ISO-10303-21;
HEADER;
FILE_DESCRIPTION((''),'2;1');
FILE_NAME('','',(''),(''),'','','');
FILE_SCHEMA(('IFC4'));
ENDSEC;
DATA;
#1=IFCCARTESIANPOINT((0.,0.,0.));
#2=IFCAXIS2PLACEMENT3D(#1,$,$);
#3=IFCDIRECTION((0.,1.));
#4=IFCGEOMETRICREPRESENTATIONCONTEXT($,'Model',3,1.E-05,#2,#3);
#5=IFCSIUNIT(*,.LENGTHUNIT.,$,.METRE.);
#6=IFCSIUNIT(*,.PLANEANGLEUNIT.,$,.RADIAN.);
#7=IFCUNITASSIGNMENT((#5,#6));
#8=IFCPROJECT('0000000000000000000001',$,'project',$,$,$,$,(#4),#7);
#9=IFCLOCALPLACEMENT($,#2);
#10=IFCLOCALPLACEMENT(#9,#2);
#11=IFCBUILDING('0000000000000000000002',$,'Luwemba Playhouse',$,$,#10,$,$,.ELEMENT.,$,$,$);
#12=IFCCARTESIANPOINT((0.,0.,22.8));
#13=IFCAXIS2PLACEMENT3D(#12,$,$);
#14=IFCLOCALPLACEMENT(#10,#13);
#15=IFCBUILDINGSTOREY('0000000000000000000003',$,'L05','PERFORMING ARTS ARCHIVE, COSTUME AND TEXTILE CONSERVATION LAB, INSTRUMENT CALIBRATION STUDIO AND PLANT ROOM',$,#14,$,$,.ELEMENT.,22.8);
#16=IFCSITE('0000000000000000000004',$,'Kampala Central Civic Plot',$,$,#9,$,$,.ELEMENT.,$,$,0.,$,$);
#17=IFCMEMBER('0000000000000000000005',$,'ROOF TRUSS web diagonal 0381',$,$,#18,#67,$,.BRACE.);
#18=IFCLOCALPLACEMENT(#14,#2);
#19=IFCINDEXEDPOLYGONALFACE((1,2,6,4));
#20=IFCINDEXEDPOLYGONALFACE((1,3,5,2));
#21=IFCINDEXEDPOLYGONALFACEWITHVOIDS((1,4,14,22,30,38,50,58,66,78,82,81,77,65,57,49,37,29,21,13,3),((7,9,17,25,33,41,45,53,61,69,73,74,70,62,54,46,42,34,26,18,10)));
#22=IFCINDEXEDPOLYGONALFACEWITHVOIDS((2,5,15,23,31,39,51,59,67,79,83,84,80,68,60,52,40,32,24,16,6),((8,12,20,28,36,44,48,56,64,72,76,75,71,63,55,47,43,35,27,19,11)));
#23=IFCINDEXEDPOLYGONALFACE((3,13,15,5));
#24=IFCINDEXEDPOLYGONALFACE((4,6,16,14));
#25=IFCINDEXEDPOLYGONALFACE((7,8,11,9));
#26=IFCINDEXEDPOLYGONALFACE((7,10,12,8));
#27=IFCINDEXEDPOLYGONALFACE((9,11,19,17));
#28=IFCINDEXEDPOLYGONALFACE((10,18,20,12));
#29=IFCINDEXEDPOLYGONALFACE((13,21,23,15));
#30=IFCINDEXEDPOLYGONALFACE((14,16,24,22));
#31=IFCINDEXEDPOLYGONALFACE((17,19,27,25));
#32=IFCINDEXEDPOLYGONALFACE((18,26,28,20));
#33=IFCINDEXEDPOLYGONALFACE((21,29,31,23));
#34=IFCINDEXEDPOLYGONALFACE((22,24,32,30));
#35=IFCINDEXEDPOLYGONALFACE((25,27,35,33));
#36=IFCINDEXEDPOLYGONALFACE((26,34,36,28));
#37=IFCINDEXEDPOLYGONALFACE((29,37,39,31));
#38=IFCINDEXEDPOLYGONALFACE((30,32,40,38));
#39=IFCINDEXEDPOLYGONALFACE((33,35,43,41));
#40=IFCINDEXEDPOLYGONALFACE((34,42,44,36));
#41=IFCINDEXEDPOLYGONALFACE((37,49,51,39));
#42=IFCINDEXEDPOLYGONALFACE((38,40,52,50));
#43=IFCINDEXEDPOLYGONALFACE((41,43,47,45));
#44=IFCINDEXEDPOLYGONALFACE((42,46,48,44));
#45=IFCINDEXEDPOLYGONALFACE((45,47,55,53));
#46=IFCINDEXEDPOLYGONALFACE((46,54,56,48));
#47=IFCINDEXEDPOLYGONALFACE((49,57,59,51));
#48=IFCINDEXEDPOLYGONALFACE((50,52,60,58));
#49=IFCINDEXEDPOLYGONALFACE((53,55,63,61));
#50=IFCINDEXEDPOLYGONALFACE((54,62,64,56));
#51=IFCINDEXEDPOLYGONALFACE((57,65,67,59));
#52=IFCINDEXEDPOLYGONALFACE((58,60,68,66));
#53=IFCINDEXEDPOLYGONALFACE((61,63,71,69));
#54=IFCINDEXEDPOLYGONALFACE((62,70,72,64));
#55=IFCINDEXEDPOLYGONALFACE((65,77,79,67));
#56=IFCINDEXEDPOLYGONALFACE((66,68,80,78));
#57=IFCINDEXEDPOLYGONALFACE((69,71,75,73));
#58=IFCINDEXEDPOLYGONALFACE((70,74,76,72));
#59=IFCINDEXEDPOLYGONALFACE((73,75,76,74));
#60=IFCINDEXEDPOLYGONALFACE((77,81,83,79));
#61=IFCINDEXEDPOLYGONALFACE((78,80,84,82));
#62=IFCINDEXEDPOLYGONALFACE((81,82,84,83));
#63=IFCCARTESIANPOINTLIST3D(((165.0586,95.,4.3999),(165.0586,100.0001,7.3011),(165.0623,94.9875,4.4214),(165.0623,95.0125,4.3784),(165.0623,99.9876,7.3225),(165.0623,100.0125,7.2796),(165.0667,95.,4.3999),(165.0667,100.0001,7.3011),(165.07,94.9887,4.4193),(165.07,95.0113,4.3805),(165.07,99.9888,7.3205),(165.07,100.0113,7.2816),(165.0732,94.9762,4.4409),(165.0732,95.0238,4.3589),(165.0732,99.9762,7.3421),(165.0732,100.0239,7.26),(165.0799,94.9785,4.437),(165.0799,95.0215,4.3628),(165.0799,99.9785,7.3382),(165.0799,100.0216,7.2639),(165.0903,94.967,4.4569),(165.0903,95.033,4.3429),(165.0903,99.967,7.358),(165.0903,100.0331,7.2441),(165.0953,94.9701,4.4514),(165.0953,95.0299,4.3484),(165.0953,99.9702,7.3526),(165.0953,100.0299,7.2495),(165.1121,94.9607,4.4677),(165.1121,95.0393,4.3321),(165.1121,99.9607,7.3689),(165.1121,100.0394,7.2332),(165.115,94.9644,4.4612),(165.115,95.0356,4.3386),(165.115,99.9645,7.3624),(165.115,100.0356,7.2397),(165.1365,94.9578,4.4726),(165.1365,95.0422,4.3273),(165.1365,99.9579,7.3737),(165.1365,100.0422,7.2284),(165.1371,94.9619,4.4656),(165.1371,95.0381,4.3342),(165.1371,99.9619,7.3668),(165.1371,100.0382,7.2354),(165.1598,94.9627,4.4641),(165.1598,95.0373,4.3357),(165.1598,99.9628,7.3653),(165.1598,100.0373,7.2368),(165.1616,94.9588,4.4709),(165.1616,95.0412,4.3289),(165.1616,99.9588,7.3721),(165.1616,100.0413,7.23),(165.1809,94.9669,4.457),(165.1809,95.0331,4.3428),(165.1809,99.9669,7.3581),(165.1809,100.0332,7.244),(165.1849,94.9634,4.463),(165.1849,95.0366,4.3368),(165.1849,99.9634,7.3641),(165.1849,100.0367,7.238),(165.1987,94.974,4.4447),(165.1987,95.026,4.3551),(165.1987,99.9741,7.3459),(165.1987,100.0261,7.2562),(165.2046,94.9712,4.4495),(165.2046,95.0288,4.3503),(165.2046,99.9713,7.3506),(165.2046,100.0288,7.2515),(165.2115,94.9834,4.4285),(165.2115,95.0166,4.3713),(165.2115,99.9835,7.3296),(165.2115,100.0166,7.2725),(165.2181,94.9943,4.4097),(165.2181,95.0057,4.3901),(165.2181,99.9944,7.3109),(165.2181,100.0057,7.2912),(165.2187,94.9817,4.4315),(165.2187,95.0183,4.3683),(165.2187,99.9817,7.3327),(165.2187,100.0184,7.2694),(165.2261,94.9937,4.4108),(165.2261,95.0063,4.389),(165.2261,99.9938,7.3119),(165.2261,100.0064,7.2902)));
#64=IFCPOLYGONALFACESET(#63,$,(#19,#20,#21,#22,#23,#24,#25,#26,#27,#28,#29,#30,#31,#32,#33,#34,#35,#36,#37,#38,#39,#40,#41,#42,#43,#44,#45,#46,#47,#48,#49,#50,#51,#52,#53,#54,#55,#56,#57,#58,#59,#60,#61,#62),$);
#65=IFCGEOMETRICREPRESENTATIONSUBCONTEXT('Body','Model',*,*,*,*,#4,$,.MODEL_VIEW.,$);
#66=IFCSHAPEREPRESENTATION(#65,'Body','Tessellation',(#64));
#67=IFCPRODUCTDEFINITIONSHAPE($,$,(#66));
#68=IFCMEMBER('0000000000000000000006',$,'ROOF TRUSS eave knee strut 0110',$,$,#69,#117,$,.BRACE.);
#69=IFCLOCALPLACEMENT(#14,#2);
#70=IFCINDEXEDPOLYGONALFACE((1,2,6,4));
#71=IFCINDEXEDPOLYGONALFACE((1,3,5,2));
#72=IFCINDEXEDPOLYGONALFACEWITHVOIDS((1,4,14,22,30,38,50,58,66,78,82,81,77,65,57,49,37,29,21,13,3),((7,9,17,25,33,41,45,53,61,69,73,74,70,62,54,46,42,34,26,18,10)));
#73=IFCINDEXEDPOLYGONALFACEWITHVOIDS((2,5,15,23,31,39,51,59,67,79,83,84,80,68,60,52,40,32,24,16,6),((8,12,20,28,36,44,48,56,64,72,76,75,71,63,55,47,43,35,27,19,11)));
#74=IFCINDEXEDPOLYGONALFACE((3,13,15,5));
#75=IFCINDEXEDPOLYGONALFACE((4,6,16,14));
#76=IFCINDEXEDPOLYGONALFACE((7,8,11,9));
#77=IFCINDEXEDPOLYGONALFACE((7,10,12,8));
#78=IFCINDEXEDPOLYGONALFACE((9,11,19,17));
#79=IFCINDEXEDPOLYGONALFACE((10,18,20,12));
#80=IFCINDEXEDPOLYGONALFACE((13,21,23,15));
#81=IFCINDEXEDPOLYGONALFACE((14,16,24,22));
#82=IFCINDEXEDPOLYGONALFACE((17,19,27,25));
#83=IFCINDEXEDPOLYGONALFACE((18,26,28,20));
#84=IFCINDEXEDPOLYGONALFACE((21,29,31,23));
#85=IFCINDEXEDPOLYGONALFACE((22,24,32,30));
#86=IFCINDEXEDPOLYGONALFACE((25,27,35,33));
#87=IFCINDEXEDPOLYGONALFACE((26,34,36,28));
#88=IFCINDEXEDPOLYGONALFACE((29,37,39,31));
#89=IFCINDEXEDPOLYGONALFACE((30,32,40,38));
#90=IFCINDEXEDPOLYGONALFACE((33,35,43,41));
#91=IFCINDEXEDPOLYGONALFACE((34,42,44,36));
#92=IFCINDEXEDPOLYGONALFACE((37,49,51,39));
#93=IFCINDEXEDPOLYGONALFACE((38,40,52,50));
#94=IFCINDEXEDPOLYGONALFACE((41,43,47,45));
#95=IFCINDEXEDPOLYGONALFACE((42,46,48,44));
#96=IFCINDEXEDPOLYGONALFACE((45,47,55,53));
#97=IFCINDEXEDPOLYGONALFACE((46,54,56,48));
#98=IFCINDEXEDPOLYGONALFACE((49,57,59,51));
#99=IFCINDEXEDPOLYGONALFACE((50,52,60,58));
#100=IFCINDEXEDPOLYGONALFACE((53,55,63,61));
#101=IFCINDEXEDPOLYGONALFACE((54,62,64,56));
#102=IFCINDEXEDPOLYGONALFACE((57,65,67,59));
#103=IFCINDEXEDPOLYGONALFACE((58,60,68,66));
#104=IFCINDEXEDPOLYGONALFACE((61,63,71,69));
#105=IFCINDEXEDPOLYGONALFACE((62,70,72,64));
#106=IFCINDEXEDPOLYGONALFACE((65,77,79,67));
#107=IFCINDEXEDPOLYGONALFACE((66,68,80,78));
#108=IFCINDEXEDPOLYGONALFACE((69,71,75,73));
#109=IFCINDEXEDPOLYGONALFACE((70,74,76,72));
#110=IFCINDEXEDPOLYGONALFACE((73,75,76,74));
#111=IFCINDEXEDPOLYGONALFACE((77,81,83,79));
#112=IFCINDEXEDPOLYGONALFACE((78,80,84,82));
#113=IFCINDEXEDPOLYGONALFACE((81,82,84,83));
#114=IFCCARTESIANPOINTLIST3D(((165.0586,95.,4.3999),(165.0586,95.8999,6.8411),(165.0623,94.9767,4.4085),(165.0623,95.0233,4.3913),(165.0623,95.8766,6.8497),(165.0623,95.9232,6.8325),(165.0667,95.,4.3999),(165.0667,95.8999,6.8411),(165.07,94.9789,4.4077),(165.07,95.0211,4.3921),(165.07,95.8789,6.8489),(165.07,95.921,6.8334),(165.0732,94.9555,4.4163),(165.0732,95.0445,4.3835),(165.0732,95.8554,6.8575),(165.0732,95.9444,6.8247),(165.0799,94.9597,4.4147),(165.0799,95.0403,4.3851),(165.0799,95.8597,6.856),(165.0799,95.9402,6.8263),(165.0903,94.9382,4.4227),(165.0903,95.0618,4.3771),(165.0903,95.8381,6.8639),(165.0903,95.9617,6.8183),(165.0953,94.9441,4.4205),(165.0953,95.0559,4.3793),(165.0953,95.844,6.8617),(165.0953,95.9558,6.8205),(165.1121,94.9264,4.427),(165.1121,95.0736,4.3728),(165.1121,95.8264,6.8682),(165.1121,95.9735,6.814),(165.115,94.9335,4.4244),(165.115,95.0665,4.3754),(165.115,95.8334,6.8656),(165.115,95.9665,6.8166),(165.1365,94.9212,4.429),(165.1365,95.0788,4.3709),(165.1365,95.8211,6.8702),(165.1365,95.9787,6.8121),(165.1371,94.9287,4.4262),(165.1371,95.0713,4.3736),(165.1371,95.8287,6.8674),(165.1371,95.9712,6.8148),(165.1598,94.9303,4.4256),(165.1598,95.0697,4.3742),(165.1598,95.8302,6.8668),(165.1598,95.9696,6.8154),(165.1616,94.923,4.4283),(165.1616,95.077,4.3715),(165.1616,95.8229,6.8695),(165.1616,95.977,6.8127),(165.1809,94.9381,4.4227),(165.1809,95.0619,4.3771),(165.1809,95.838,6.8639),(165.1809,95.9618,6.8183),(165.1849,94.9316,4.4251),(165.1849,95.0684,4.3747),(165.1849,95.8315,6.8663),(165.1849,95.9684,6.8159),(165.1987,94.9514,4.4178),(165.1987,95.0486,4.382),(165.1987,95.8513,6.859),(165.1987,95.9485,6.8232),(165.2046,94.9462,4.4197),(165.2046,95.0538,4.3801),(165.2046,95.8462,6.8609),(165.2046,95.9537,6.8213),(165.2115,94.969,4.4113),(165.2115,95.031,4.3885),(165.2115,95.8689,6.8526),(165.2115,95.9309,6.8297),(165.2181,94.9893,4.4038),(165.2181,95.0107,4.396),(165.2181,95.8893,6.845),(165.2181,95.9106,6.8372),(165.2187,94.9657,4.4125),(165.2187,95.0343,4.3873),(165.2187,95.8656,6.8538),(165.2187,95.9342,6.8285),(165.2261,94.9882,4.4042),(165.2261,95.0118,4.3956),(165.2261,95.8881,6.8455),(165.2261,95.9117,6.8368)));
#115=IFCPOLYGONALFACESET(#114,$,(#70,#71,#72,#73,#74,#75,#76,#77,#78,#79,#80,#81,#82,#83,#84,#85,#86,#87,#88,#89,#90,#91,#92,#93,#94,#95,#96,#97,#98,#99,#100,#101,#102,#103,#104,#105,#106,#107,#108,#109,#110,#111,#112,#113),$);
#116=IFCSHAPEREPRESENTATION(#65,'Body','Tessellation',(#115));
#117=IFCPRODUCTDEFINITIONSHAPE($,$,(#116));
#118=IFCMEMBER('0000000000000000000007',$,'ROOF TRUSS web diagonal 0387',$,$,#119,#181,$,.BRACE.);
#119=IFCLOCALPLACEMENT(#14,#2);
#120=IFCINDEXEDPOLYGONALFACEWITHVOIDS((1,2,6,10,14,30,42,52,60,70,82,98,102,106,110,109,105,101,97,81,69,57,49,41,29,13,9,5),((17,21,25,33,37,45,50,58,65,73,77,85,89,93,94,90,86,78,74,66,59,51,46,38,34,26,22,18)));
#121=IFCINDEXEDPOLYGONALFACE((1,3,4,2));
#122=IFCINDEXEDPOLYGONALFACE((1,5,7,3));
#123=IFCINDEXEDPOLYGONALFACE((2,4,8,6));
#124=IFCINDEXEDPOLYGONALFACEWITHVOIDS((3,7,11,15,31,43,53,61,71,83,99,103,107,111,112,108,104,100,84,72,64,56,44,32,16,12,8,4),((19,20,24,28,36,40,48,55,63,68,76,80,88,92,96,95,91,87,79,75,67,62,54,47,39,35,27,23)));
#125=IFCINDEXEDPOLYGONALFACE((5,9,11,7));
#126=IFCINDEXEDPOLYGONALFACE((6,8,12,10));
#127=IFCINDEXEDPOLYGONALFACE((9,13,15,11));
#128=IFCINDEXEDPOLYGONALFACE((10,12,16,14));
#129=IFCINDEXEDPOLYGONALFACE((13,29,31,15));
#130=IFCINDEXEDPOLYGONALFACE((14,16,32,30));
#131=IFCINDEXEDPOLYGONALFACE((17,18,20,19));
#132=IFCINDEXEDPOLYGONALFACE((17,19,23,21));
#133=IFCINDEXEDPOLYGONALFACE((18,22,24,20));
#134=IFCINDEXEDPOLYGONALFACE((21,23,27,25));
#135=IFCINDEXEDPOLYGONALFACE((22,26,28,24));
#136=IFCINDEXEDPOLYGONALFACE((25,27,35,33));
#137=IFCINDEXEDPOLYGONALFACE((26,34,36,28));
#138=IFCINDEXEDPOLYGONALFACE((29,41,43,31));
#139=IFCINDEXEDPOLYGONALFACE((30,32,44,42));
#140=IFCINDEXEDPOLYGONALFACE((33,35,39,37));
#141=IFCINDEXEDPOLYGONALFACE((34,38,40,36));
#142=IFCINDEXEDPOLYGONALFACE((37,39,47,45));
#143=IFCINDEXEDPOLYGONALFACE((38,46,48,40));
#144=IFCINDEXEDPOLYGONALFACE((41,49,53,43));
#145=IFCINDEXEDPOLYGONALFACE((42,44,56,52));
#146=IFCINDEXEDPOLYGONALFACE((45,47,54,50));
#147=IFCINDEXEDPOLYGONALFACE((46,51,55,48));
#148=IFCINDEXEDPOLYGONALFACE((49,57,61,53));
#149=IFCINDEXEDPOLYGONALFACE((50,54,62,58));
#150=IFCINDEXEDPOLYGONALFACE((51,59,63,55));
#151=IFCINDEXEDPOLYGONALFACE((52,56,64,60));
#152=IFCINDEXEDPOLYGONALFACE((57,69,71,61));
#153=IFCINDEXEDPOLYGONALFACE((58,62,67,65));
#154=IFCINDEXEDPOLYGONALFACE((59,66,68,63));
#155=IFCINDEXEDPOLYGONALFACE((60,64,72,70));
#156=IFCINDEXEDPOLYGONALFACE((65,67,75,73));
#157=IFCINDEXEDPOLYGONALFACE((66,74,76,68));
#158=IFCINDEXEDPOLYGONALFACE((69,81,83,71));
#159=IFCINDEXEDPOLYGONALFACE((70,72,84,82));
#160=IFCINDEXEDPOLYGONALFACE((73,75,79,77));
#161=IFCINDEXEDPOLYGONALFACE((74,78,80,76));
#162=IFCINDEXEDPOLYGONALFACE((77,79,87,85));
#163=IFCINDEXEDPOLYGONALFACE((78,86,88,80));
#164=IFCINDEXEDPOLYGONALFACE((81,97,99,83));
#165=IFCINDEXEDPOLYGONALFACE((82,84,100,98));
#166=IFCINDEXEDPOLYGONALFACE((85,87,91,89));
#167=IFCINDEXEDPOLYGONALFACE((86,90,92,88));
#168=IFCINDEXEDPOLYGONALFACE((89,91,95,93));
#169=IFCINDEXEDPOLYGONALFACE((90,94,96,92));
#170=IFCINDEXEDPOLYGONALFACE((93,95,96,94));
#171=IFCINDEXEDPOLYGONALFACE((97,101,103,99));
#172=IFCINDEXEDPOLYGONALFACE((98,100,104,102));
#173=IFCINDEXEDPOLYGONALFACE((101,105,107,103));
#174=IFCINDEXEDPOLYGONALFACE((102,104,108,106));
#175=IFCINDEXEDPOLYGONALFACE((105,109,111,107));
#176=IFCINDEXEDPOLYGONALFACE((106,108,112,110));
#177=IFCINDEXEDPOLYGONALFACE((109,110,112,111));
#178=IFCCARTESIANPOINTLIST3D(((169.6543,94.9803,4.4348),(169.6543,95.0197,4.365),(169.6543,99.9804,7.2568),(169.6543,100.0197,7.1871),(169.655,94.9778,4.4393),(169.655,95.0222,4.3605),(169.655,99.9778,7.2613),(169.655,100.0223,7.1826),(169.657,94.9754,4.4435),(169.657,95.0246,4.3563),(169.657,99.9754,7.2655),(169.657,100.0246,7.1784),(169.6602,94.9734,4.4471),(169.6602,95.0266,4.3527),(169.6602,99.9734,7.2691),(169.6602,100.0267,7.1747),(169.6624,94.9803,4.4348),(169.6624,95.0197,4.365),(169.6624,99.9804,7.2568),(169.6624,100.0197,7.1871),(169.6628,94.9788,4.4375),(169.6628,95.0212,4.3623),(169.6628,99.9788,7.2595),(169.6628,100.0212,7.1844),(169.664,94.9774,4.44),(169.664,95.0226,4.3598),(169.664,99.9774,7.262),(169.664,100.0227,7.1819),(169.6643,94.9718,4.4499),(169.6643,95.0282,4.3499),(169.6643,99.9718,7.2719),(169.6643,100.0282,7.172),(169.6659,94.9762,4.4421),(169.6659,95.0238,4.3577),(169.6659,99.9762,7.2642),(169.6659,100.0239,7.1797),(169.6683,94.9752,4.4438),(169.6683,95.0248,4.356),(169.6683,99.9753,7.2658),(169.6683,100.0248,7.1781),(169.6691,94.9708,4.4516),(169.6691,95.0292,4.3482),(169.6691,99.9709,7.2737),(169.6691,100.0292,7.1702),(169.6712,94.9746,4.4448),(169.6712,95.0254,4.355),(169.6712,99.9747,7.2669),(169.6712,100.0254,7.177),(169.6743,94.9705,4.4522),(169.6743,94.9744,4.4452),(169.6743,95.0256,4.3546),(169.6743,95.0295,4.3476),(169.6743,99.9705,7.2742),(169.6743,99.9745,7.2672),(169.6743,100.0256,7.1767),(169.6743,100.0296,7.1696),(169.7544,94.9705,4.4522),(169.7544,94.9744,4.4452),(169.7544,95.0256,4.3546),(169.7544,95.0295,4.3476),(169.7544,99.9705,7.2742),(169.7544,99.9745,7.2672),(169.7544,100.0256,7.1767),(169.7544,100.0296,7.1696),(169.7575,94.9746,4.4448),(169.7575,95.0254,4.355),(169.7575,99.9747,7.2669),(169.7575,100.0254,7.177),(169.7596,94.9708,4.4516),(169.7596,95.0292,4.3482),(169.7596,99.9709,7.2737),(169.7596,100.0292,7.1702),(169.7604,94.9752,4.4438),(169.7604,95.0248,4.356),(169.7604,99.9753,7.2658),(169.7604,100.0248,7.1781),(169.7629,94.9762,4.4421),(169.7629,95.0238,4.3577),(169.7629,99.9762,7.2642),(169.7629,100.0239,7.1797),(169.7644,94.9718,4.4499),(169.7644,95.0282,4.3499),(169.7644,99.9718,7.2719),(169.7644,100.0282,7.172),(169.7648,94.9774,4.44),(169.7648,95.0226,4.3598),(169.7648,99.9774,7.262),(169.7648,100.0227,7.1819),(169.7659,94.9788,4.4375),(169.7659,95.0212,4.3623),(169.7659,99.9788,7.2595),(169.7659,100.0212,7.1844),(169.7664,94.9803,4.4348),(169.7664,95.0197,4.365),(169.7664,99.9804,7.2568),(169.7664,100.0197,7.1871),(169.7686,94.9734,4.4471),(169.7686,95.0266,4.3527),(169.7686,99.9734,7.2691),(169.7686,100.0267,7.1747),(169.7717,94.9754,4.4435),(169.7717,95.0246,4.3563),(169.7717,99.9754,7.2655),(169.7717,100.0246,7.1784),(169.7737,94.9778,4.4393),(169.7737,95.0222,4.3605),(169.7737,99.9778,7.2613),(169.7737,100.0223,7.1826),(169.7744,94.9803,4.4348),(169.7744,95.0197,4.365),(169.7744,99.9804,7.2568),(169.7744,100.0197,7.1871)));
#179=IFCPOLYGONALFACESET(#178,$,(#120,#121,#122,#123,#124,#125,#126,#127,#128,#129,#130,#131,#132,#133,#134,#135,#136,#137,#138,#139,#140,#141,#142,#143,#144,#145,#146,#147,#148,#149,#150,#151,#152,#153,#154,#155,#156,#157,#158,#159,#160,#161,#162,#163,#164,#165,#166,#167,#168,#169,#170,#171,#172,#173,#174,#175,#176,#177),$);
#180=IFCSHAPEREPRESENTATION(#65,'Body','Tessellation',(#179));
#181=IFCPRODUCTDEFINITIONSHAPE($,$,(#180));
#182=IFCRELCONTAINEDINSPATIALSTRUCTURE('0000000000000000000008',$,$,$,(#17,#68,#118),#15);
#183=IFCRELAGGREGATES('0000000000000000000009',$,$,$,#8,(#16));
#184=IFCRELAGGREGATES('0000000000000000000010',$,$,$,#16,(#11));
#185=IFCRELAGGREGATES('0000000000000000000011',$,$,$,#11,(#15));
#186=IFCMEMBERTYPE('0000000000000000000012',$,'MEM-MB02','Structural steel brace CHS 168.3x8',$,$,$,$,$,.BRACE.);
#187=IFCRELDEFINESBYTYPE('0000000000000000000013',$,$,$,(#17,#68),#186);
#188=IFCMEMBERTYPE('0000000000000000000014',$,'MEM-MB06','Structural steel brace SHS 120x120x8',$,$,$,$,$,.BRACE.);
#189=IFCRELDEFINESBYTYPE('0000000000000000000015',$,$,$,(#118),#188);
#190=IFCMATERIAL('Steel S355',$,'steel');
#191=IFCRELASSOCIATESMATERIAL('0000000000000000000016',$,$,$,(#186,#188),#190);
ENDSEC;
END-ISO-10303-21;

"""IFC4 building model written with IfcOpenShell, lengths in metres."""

from ifc_helpers import new_model, si_unit, direction, frame, origin, origin_2d, place, context, subcontext, project, spatial, hollow_rectangle, hollow_circle, extrude, material, material_profile, profile_set, type_object, element, save


model = new_model("IFC4")

# Units and contexts
model_context = context("Model", 3, precision=1e-05, world=origin(), true_north=direction((0.0, 1.0)))
body_context = subcontext(model_context, "Body", "Model", "MODEL_VIEW")
ifc_project = project(units=[si_unit("LENGTHUNIT", "METRE"), si_unit("PLANEANGLEUNIT", "RADIAN")], contexts=[model_context])

# Site, building, storey
site_placement = place(None, origin())
site = spatial("IfcSite", under=ifc_project, at=site_placement, Name="Kampala Central Civic Plot", CompositionType="ELEMENT", RefElevation=0.0)
building_placement = place(site_placement, origin())
building = spatial("IfcBuilding", under=site, at=building_placement, Name="Luwemba Playhouse", CompositionType="ELEMENT")
storey_placement = place(building_placement, frame((0.0, 0.0, 22.8)))
storey = spatial("IfcBuildingStorey", under=building, at=storey_placement, Name="L05", Description="PERFORMING ARTS ARCHIVE, COSTUME AND TEXTILE CONSERVATION LAB, INSTRUMENT CALIBRATION STUDIO AND PLANT ROOM", CompositionType="ELEMENT", Elevation=22.8)

# Shared definitions
ifc_material_1 = material(Name="Steel S355", Category="steel")

# Members
ifc_material_profile_1 = material_profile(ifc_material_1, hollow_circle(Radius=0.0842, WallThickness=0.0081, at=origin_2d()))
ifc_profile_set_1 = profile_set([ifc_material_profile_1], Name="Steel S355")
member_type_1 = type_object("IfcMemberType", Name="MEM-MB02", Description="Structural steel brace CHS 168.3x8", PredefinedType="BRACE", material=ifc_profile_set_1)
member_1_placement = place(storey_placement, frame((165.1428, 95.0, 4.3999), z_axis=(0.0, 0.864947, 0.501863), x_axis=(-1.0, 0.0, 0.0)))
element("IfcMember", 1, at=member_1_placement, inside=storey, type_object=member_type_1, Name="ROOF TRUSS web diagonal 0381", PredefinedType="BRACE", context=body_context, shape_type="SweptSolid", body=[
    extrude(hollow_circle(Radius=0.0842, WallThickness=0.0081, at=origin_2d()), origin(), (0.0, 0.0, 1.0), 5.7808),
])
member_2_placement = place(storey_placement, frame((165.1428, 95.0, 4.3999), z_axis=(0.0, 0.345884, 0.938277), x_axis=(-1.0, 0.0, 0.0)))
element("IfcMember", 2, at=member_2_placement, inside=storey, type_object=member_type_1, Name="ROOF TRUSS eave knee strut 0110", PredefinedType="BRACE", context=body_context, shape_type="SweptSolid", body=[
    extrude(hollow_circle(Radius=0.0842, WallThickness=0.0081, at=origin_2d()), origin(), (0.0, 0.0, 1.0), 2.6018),
])
ifc_material_profile_2 = material_profile(ifc_material_1, hollow_rectangle(XDim=0.1201, YDim=0.1201, WallThickness=0.0081, InnerFilletRadius=0.012, OuterFilletRadius=0.02, at=origin_2d()))
ifc_profile_set_2 = profile_set([ifc_material_profile_2], Name="Steel S355")
member_type_2 = type_object("IfcMemberType", Name="MEM-MB06", Description="Structural steel brace SHS 120x120x8", PredefinedType="BRACE", material=ifc_profile_set_2)
member_3_placement = place(storey_placement, frame((169.7144, 95.0, 4.3999), z_axis=(0.0, 0.870866, 0.491521), x_axis=(-1.0, 0.0, 0.0)))
element("IfcMember", 3, at=member_3_placement, inside=storey, type_object=member_type_2, Name="ROOF TRUSS web diagonal 0387", PredefinedType="BRACE", context=body_context, shape_type="SweptSolid", body=[
    extrude(hollow_rectangle(XDim=0.1201, YDim=0.1201, WallThickness=0.0081, InnerFilletRadius=0.012, OuterFilletRadius=0.02, at=origin_2d()), origin(), (0.0, 0.0, 1.0), 5.7415),
])

save(model, "model.ifc")
